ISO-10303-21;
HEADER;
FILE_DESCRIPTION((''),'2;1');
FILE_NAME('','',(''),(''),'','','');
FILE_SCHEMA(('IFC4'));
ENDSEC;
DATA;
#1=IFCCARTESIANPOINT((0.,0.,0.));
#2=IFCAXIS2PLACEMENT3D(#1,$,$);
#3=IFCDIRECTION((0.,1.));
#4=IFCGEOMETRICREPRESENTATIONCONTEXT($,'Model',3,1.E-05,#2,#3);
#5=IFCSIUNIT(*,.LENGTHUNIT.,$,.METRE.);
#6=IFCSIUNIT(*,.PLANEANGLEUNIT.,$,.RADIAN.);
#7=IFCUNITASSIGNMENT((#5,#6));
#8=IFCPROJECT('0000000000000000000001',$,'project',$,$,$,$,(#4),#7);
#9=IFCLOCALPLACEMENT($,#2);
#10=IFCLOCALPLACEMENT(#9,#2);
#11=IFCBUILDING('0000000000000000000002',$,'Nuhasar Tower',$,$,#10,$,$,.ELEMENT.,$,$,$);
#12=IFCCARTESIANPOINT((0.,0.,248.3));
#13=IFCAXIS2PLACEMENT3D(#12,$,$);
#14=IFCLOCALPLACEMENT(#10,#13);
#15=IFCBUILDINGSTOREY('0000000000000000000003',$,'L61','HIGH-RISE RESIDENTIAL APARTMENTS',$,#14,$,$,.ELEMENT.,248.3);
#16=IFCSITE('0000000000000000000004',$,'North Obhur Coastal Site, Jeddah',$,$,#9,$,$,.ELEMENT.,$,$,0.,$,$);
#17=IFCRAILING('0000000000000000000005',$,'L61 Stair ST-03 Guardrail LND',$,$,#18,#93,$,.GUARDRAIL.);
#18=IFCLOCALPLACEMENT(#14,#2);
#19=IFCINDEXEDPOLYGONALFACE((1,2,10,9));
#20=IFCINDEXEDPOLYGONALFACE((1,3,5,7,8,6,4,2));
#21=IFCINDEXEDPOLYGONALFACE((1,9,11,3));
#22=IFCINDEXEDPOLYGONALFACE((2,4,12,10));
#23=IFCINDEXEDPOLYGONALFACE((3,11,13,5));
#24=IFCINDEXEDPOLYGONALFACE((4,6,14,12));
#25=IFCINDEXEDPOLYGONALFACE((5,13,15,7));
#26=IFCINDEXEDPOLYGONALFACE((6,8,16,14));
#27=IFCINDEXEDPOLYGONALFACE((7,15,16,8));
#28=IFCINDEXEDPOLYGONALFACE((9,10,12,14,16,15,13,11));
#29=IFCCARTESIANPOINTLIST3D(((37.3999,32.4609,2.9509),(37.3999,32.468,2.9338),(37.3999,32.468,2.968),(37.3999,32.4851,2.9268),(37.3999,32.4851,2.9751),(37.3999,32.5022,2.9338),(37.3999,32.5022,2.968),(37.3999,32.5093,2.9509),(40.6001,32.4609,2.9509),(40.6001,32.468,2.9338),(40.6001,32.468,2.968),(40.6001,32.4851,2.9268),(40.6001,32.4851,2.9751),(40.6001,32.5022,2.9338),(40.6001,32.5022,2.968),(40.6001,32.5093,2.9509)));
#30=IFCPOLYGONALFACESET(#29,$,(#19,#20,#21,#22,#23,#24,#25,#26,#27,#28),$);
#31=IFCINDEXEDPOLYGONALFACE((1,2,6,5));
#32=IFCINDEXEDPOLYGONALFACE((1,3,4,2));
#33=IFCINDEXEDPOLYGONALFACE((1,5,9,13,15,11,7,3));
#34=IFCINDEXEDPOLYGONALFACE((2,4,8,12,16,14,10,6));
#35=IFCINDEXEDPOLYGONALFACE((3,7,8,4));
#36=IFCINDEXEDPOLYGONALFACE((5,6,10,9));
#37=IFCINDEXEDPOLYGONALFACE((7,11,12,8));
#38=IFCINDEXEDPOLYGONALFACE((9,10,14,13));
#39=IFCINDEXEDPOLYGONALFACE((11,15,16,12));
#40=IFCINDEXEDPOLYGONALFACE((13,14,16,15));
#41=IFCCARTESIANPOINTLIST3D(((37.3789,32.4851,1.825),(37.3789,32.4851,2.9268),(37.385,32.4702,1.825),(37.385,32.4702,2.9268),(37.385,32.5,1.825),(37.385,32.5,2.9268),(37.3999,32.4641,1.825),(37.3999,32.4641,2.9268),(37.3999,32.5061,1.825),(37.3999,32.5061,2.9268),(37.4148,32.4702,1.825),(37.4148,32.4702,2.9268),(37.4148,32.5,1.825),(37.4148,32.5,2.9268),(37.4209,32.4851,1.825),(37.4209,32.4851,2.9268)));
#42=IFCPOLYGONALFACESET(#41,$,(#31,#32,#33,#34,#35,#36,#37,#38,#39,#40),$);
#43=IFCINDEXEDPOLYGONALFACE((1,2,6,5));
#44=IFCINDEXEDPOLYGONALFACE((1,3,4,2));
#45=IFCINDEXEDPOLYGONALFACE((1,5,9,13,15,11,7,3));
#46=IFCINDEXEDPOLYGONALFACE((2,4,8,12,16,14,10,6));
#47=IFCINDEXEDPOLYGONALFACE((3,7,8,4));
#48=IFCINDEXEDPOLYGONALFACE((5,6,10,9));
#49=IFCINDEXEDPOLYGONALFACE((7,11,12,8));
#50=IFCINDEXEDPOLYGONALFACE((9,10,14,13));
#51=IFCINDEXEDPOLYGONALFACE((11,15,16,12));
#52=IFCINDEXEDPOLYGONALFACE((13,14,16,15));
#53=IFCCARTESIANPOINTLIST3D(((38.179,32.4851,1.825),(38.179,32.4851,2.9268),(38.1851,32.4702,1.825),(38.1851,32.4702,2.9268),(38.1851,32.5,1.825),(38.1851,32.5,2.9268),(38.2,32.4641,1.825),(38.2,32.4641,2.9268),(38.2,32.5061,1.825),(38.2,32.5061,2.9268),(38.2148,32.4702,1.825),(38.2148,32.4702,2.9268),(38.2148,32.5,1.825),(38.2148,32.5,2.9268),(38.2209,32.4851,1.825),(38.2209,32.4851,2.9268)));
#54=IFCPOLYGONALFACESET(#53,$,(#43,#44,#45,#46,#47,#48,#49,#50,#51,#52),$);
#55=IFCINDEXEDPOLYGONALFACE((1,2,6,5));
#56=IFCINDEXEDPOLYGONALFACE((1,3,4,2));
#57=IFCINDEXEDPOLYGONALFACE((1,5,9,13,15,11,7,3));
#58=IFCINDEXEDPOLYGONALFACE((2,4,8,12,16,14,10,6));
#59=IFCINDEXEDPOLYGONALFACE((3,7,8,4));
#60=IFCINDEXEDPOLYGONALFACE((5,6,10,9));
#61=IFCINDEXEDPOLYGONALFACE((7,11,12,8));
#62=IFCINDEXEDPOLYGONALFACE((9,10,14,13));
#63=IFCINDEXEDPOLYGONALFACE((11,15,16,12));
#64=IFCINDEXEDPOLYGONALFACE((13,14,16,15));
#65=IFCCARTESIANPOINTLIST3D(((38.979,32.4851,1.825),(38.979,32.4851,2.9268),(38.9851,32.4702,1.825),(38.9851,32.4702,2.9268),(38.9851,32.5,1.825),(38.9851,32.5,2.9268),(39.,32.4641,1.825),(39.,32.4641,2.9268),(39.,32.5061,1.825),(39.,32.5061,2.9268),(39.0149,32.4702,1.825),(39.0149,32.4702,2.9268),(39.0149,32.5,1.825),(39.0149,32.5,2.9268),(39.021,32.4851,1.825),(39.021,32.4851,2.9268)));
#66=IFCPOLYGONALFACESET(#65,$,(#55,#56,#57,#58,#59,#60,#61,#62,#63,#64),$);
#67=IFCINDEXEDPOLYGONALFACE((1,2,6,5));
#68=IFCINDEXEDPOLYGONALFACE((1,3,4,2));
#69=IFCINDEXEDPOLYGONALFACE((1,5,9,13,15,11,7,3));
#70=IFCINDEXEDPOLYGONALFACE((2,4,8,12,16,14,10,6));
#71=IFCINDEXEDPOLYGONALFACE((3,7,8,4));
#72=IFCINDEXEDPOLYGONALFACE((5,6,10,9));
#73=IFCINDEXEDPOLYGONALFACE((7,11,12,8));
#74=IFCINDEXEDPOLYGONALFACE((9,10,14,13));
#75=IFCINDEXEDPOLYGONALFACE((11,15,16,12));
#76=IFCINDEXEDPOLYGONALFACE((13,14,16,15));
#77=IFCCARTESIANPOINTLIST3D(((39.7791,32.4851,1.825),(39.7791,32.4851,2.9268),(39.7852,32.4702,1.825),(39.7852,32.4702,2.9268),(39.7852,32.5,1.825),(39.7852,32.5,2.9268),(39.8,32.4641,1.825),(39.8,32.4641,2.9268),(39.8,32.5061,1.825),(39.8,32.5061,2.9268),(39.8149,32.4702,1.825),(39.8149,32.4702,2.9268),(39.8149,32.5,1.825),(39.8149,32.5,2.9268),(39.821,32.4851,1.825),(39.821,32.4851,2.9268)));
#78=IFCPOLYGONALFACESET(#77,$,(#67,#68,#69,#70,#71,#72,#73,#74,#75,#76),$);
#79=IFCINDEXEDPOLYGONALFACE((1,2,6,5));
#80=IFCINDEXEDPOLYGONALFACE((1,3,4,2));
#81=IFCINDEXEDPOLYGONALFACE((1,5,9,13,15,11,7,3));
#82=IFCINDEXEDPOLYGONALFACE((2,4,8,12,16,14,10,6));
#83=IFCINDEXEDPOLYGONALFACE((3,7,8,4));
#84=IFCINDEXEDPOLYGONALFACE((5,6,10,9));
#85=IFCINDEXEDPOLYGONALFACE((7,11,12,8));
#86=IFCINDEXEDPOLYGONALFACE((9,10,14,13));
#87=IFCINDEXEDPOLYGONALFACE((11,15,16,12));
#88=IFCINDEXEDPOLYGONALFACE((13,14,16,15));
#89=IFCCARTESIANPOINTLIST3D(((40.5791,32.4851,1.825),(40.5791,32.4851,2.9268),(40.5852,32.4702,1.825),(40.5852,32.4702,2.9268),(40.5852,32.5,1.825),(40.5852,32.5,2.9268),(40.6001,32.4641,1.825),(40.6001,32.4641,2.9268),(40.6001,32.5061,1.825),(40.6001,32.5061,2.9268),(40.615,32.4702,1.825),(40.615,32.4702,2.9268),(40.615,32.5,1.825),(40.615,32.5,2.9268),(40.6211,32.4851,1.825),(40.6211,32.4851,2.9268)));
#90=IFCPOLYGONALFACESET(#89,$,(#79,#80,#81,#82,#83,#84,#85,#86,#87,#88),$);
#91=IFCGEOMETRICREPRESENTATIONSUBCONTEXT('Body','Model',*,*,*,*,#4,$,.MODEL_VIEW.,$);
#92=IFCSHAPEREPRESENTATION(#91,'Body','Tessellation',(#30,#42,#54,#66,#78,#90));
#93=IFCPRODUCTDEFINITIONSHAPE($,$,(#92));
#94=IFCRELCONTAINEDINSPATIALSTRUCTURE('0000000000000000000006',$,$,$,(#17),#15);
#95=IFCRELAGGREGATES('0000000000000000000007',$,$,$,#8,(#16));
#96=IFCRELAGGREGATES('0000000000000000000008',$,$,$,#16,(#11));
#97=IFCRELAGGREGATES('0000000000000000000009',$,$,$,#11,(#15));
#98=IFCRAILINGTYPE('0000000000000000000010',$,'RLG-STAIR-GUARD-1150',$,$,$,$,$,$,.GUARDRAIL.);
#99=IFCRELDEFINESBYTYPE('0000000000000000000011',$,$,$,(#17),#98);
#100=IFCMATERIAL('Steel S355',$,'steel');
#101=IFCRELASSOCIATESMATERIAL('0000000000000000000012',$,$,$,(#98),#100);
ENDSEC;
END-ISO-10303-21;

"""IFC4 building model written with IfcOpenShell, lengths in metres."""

from ifc_helpers import new_model, si_unit, direction, frame, origin, place, context, subcontext, project, spatial, polyline, outline, extrude, material, type_object, element, save


model = new_model("IFC4")

# Units and contexts
model_context = context("Model", 3, precision=1e-05, world=origin(), true_north=direction((0.0, 1.0)))
body_context = subcontext(model_context, "Body", "Model", "MODEL_VIEW")
ifc_project = project(units=[si_unit("LENGTHUNIT", "METRE"), si_unit("PLANEANGLEUNIT", "RADIAN")], contexts=[model_context])

# Site, building, storey
site_placement = place(None, origin())
site = spatial("IfcSite", under=ifc_project, at=site_placement, Name="North Obhur Coastal Site, Jeddah", CompositionType="ELEMENT", RefElevation=0.0)
building_placement = place(site_placement, origin())
building = spatial("IfcBuilding", under=site, at=building_placement, Name="Nuhasar Tower", CompositionType="ELEMENT")
storey_placement = place(building_placement, frame((0.0, 0.0, 248.3)))
storey = spatial("IfcBuildingStorey", under=building, at=storey_placement, Name="L61", Description="HIGH-RISE RESIDENTIAL APARTMENTS", CompositionType="ELEMENT", Elevation=248.3)

# Shared definitions
ifc_material_1 = material(Name="Steel S355", Category="steel")

# Railing
railing_type_1 = type_object("IfcRailingType", Name="RLG-STAIR-GUARD-1150", PredefinedType="GUARDRAIL", material=ifc_material_1)
railing_1_placement = place(storey_placement, frame((37.3999, 32.4851, 1.825)))
element("IfcRailing", 1, at=railing_1_placement, inside=storey, type_object=railing_type_1, Name="L61 Stair ST-03 Guardrail LND", PredefinedType="GUARDRAIL", context=body_context, shape_type="SweptSolid", body=[
    extrude(outline(polyline([(0.0242, 0.0), (0.0171, 0.0171), (0.0, 0.0242), (-0.0171, 0.0171), (-0.0242, 0.0), (-0.0171, -0.0171), (0.0, -0.0242), (0.0171, -0.0171), (0.0242, 0.0)])), frame((0.0, 0.0, 1.126), z_axis=(1.0, 0.0, 0.0), x_axis=(0.0, 1.0, 0.0)), (0.0, 0.0, 1.0), 3.2002),
    extrude(outline(polyline([(0.021, 0.0), (0.0149, 0.0149), (0.0, 0.021), (-0.0149, 0.0149), (-0.021, 0.0), (-0.0149, -0.0149), (0.0, -0.021), (0.0149, -0.0149), (0.021, 0.0)])), origin(), (0.0, 0.0, 1.0), 1.1018),
    extrude(outline(polyline([(0.021, 0.0), (0.0149, 0.0149), (0.0, 0.021), (-0.0149, 0.0149), (-0.021, 0.0), (-0.0149, -0.0149), (0.0, -0.021), (0.0149, -0.0149), (0.021, 0.0)])), frame((0.8, 0.0, 0.0)), (0.0, 0.0, 1.0), 1.1018),
    extrude(outline(polyline([(0.021, 0.0), (0.0149, 0.0149), (0.0, 0.021), (-0.0149, 0.0149), (-0.021, 0.0), (-0.0149, -0.0149), (0.0, -0.021), (0.0149, -0.0149), (0.021, 0.0)])), frame((1.6001, 0.0, 0.0)), (0.0, 0.0, 1.0), 1.1018),
    extrude(outline(polyline([(0.021, 0.0), (0.0149, 0.0149), (0.0, 0.021), (-0.0149, 0.0149), (-0.021, 0.0), (-0.0149, -0.0149), (0.0, -0.021), (0.0149, -0.0149), (0.021, 0.0)])), frame((2.4001, 0.0, 0.0)), (0.0, 0.0, 1.0), 1.1018),
    extrude(outline(polyline([(0.021, 0.0), (0.0149, 0.0149), (0.0, 0.021), (-0.0149, 0.0149), (-0.021, 0.0), (-0.0149, -0.0149), (0.0, -0.021), (0.0149, -0.0149), (0.021, 0.0)])), frame((3.2002, 0.0, 0.0)), (0.0, 0.0, 1.0), 1.1018),
])

save(model, "model.ifc")
